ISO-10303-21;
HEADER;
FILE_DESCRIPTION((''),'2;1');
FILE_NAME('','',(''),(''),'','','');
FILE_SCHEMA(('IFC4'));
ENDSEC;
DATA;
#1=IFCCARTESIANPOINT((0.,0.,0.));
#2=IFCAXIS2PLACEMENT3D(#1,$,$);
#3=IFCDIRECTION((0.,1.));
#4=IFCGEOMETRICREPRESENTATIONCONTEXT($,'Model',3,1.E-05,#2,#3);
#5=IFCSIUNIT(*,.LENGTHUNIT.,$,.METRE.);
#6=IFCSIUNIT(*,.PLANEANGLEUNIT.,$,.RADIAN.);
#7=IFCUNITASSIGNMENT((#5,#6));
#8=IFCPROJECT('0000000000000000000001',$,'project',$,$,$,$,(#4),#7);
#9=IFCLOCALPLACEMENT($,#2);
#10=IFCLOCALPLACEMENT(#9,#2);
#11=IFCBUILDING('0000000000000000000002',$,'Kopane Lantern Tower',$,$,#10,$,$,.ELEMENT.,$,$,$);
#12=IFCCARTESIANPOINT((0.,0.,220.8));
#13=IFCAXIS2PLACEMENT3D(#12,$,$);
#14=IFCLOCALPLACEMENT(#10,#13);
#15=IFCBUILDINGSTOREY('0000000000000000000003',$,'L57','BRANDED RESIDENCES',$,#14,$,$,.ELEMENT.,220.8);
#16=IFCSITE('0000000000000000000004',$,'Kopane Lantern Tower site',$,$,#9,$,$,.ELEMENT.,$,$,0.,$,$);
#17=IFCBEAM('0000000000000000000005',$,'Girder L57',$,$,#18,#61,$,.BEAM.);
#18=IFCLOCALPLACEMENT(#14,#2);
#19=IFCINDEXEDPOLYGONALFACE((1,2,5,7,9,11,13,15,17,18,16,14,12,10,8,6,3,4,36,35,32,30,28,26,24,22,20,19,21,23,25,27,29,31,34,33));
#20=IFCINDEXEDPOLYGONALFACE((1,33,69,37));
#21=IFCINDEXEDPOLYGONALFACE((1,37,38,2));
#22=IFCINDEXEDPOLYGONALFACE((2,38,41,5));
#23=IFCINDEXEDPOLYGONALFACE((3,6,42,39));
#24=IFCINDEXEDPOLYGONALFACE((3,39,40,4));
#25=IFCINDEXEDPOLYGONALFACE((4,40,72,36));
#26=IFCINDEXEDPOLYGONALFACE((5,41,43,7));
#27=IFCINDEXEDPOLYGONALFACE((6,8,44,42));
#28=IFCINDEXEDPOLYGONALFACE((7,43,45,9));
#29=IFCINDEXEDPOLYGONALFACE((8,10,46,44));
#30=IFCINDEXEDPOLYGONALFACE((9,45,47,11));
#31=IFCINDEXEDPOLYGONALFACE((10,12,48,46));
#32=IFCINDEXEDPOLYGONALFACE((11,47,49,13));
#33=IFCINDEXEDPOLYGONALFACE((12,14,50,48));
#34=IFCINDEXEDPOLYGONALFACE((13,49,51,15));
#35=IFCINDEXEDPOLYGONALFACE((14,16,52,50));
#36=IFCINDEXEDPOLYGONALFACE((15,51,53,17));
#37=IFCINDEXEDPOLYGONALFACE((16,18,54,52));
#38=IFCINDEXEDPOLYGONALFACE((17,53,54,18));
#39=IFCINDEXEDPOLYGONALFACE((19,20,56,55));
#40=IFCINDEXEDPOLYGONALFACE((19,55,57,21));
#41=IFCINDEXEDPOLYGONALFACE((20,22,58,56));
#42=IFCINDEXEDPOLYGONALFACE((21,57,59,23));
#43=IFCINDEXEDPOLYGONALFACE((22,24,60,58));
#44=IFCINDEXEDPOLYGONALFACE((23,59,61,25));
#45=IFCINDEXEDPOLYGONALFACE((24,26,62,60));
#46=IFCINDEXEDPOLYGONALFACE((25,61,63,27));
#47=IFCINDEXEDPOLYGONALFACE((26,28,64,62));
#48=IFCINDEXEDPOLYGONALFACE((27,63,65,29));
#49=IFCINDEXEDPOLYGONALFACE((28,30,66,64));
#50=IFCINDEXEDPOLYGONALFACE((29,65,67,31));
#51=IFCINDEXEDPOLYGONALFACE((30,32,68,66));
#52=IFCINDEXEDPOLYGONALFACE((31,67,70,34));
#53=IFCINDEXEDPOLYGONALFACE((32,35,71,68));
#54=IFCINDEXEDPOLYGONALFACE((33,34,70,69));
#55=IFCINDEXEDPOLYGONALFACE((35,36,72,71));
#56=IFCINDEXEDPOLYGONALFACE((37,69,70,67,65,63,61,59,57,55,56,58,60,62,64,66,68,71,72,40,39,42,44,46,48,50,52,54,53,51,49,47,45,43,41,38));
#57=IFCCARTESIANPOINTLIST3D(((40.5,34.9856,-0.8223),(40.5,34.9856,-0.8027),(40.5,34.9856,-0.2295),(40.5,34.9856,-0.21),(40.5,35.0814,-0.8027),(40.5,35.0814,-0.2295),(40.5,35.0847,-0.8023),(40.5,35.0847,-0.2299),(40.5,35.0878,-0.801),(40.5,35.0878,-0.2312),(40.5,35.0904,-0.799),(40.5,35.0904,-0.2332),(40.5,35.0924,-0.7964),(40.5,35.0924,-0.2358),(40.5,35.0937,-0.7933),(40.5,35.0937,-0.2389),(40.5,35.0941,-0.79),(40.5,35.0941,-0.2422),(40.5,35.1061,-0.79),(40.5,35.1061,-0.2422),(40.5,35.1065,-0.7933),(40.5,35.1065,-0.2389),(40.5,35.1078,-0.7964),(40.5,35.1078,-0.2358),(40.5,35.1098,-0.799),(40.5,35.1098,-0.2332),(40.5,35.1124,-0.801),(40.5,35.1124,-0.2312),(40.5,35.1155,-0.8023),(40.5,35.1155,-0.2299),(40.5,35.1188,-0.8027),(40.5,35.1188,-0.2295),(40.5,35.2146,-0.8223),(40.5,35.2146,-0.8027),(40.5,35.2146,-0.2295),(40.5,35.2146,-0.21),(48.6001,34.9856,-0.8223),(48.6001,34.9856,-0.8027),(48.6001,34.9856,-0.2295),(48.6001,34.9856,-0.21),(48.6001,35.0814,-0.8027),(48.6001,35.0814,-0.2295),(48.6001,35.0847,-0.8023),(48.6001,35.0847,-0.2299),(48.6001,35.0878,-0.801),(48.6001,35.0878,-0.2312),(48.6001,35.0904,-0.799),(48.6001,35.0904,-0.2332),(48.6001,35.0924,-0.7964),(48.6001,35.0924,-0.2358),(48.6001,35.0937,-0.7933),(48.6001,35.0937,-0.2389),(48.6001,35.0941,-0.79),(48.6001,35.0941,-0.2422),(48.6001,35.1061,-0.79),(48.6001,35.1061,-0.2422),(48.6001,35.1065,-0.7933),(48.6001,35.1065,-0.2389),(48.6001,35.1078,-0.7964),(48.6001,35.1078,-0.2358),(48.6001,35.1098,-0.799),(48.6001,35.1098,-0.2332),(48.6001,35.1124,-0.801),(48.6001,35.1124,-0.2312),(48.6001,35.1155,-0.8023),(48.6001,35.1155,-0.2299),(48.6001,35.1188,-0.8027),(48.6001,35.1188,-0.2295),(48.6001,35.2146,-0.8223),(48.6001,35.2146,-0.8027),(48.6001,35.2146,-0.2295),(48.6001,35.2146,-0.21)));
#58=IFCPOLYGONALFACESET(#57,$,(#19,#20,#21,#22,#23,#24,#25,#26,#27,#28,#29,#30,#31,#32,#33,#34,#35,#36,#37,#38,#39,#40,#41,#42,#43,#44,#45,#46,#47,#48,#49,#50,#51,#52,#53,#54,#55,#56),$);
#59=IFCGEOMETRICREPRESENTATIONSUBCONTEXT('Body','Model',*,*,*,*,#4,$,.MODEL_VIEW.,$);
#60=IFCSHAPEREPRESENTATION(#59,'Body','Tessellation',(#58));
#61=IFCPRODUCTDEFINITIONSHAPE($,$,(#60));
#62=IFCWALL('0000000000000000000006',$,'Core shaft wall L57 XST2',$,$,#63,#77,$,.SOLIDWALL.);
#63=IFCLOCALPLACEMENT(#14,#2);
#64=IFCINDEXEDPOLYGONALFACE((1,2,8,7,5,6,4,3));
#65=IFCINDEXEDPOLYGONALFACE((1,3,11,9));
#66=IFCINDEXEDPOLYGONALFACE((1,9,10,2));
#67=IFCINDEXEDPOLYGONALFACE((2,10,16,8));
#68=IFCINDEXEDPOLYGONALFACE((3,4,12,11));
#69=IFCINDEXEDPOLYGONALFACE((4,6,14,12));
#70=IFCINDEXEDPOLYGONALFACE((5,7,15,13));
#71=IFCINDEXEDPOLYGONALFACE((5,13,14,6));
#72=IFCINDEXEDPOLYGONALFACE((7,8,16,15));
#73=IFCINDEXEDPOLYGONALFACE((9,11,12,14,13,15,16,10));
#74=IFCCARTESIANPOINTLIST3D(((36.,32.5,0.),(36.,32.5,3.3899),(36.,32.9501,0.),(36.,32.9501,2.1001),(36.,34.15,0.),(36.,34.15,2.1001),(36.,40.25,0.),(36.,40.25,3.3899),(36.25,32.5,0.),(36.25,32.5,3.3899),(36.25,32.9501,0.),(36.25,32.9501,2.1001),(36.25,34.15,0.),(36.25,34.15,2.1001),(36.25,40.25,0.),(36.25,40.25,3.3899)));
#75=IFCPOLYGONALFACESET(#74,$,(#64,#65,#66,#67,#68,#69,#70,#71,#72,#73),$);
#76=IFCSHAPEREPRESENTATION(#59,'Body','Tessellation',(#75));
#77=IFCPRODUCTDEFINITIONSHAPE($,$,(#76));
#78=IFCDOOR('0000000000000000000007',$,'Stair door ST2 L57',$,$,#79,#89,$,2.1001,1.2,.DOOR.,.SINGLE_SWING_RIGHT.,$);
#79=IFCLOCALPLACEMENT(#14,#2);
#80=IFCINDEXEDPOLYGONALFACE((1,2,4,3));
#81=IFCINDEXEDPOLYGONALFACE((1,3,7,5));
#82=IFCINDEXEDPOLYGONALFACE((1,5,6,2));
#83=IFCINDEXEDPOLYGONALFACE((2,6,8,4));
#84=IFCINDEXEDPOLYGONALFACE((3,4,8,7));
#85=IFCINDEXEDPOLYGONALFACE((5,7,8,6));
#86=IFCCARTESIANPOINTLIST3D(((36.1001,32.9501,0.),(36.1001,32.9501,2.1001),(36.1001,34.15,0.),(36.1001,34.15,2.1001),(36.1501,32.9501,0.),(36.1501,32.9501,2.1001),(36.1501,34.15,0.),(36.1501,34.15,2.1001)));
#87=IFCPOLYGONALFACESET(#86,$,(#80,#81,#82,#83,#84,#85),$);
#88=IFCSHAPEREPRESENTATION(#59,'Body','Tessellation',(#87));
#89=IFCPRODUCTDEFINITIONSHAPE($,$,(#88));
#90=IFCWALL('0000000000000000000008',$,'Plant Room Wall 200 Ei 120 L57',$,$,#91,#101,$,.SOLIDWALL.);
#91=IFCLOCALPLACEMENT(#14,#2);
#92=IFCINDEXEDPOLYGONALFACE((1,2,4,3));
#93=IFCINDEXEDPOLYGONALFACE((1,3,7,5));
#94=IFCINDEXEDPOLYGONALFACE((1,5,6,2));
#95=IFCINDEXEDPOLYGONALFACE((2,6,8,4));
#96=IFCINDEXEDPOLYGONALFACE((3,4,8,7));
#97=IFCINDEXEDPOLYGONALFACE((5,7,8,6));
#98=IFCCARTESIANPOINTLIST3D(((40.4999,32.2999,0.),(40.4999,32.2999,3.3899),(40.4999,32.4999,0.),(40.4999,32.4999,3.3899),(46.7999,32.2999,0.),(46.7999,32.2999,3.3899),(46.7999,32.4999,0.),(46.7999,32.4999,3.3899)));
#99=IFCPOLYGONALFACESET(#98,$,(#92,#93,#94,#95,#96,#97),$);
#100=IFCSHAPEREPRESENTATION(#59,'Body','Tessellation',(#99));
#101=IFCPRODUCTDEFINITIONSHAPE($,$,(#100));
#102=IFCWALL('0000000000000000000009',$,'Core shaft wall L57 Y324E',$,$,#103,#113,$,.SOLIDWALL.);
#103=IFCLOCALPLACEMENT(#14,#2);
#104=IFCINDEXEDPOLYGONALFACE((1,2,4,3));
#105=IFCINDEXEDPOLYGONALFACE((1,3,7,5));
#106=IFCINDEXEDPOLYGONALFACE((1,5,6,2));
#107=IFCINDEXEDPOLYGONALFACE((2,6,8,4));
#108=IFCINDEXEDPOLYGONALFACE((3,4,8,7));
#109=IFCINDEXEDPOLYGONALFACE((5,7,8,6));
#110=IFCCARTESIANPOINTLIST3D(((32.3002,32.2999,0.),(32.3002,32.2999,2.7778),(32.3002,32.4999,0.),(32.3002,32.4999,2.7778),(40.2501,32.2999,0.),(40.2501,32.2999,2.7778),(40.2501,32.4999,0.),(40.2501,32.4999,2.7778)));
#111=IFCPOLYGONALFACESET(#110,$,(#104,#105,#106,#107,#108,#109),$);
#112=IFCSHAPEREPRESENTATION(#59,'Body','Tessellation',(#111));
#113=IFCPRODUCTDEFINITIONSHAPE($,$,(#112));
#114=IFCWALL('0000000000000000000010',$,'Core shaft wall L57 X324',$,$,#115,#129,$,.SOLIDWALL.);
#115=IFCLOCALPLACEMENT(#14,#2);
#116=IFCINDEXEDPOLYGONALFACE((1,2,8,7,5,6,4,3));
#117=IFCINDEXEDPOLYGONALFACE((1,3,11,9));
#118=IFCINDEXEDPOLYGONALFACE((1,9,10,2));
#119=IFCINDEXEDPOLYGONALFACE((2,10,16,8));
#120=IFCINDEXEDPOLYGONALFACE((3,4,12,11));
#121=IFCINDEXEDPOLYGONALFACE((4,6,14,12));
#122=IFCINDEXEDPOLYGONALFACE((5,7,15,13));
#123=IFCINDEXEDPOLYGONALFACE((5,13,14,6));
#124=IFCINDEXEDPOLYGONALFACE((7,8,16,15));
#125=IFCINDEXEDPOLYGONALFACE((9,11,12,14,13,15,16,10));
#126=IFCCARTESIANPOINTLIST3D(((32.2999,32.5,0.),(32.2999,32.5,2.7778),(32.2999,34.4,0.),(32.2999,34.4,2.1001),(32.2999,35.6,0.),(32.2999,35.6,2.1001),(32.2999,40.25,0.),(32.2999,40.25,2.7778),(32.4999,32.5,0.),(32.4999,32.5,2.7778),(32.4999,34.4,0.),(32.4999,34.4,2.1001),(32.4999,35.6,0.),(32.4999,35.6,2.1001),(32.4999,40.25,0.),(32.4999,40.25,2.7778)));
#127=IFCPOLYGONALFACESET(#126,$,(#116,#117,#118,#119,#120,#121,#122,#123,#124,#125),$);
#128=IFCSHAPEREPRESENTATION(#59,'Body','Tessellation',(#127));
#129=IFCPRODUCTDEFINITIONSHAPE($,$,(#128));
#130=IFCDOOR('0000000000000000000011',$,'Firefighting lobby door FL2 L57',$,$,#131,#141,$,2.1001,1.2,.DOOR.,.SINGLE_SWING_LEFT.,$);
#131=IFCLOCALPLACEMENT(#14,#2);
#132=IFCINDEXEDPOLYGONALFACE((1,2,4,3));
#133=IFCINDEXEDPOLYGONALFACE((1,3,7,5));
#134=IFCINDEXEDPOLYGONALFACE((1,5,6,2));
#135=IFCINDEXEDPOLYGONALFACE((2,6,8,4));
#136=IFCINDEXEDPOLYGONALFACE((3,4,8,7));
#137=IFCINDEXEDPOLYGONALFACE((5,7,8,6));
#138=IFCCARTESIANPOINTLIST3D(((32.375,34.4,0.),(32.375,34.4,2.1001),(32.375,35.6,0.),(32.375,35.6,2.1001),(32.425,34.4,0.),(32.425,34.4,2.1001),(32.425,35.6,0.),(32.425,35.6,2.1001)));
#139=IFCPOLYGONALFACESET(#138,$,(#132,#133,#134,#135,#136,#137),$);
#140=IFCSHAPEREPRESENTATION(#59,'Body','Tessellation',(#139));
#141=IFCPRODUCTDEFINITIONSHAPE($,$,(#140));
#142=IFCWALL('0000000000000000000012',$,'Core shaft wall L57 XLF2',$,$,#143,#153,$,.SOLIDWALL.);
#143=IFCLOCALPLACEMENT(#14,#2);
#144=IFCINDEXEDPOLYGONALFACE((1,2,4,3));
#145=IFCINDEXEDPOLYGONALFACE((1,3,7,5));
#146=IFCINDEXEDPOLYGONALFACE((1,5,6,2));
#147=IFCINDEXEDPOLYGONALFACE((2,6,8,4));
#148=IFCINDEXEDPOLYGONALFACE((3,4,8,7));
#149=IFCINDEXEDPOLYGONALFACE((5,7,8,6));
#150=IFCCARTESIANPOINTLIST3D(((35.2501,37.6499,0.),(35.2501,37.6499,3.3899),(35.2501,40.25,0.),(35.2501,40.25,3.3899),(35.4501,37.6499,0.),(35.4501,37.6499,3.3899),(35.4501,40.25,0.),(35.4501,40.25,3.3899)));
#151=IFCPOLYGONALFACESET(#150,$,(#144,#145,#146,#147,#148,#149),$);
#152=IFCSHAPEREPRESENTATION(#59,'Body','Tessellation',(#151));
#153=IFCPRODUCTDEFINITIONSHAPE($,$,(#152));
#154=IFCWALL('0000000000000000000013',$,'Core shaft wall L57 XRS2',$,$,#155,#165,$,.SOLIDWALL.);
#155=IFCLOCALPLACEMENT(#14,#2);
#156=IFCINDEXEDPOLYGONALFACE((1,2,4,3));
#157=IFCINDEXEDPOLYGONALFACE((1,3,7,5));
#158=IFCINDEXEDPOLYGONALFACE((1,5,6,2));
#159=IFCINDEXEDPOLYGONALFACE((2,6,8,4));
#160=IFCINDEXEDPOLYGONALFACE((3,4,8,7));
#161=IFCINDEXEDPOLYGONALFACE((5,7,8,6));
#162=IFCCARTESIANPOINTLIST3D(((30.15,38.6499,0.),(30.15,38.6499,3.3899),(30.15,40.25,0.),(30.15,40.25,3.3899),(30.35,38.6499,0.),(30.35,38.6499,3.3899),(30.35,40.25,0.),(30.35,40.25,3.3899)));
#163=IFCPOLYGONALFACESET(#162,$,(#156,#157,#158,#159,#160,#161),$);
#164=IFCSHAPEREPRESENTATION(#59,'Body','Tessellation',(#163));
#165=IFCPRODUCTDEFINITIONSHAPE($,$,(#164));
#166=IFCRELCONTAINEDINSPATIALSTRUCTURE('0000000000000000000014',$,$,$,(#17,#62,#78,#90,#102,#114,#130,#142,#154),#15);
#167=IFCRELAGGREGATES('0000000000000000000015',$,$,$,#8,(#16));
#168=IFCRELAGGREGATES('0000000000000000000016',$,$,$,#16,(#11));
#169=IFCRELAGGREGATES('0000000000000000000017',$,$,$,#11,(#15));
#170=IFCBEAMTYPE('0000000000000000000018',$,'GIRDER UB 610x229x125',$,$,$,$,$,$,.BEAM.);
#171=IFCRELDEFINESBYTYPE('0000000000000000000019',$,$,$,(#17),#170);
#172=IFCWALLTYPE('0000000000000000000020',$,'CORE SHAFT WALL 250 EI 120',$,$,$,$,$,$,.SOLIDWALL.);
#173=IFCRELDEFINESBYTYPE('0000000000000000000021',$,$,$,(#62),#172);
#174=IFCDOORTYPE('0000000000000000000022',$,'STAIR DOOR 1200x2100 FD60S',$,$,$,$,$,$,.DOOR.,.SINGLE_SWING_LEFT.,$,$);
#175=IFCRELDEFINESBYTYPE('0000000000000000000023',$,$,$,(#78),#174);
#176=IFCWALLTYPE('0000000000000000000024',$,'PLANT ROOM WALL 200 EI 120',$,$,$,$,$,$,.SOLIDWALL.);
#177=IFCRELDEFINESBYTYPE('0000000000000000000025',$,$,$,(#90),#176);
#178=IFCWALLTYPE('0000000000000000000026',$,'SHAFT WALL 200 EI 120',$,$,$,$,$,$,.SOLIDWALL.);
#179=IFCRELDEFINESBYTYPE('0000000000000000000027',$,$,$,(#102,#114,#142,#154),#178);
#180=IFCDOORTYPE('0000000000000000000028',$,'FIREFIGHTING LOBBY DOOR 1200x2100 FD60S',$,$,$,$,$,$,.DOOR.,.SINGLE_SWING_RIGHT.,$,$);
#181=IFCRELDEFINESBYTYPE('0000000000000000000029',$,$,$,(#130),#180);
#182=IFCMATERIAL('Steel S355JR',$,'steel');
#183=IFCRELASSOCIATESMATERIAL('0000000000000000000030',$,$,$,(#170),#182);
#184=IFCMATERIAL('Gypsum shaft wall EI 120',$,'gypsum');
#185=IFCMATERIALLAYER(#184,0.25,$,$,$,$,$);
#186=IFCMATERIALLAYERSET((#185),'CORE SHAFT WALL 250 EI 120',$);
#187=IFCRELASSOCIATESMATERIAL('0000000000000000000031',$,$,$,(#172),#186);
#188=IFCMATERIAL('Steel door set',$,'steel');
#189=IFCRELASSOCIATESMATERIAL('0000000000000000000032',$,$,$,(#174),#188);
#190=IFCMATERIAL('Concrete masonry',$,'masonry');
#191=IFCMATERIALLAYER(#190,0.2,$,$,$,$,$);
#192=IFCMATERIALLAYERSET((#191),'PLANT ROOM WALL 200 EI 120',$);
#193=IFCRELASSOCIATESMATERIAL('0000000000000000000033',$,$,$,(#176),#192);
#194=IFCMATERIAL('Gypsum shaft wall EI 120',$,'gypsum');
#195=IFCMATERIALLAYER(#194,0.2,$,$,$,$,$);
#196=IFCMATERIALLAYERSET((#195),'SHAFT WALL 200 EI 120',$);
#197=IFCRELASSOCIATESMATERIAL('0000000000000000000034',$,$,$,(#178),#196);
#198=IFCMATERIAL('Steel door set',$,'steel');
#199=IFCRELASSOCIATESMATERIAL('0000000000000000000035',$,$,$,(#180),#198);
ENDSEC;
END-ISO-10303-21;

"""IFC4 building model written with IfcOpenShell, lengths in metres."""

from ifc_helpers import new_model, si_unit, direction, frame, frame_2d, origin, origin_2d, place, context, subcontext, project, spatial, rectangle, i_section, extrude, material, layer, layer_set, material_profile, profile_set, type_object, element, fill, save


model = new_model("IFC4")

# Units and contexts
model_context = context("Model", 3, precision=1e-05, world=origin(), true_north=direction((0.0, 1.0)))
body_context = subcontext(model_context, "Body", "Model", "MODEL_VIEW")
ifc_project = project(units=[si_unit("LENGTHUNIT", "METRE"), si_unit("PLANEANGLEUNIT", "RADIAN")], contexts=[model_context])

# Site, building, storey
site_placement = place(None, origin())
site = spatial("IfcSite", under=ifc_project, at=site_placement, Name="Kopane Lantern Tower site", CompositionType="ELEMENT", RefElevation=0.0)
building_placement = place(site_placement, origin())
building = spatial("IfcBuilding", under=site, at=building_placement, Name="Kopane Lantern Tower", CompositionType="ELEMENT")
storey_placement = place(building_placement, frame((0.0, 0.0, 220.8)))
storey = spatial("IfcBuildingStorey", under=building, at=storey_placement, Name="L57", Description="BRANDED RESIDENCES", CompositionType="ELEMENT", Elevation=220.8)

# Beam
ifc_material_1 = material(Name="Steel S355JR", Category="steel")
ifc_material_profile_1 = material_profile(ifc_material_1, i_section(OverallWidth=0.229, OverallDepth=0.6123, WebThickness=0.012, FlangeThickness=0.0195, FilletRadius=0.0127, at=origin_2d()), Name="UB 610x229x125")
ifc_profile_set_1 = profile_set([ifc_material_profile_1], Name="Steel S355JR")
beam_type_1 = type_object("IfcBeamType", Name="GIRDER UB 610x229x125", PredefinedType="BEAM", material=ifc_profile_set_1)
for number, where, z_axis, x_axis, name in (
    (1, (40.5, 35.1001, -0.5161), (1.0, 0.0, 0.0), (0.0, 1.0, 0.0), "Girder L57"),
):
    element("IfcBeam", number, at=place(storey_placement, frame(where, z_axis=z_axis, x_axis=x_axis)), inside=storey, type_object=beam_type_1, Name=name, PredefinedType="BEAM", context=body_context, shape_type="SweptSolid", body=[
        extrude(i_section(OverallWidth=0.229, OverallDepth=0.6123, WebThickness=0.012, FlangeThickness=0.0195, FilletRadius=0.0127, at=origin_2d()), origin(), (0.0, 0.0, 1.0), 8.1001),
    ])

# Wall, opening, door
ifc_material_2 = material(Name="Gypsum shaft wall EI 120", Category="gypsum")
ifc_layer_1 = layer(ifc_material_2, 0.25)
ifc_layer_set_1 = layer_set([ifc_layer_1], Name="CORE SHAFT WALL 250 EI 120")
wall_type_1 = type_object("IfcWallType", Name="CORE SHAFT WALL 250 EI 120", PredefinedType="SOLIDWALL", material=ifc_layer_set_1)
wall_1_placement = place(storey_placement, frame((36.125, 32.5, 0.0), z_axis=(0.0, 0.0, 1.0), x_axis=(0.0, 1.0, 0.0)))
wall_1 = element("IfcWall", 2, at=wall_1_placement, inside=storey, type_object=wall_type_1, Name="Core shaft wall L57 XST2", PredefinedType="SOLIDWALL", context=body_context, shape_type="SweptSolid", body=[
    extrude(rectangle(XDim=7.75, YDim=0.25, at=frame_2d((3.875, 0.0))), origin(), (0.0, 0.0, 1.0), 3.3899),
])
opening_1_placement = place(wall_1_placement, frame((0.45, 0.0, 0.0)))
opening_1 = element("IfcOpeningElement", 3, at=opening_1_placement, cuts=wall_1, PredefinedType="OPENING", context=body_context, shape_type="SweptSolid", body=[
    extrude(rectangle(XDim=1.2, YDim=2.1001, at=frame_2d((0.6001, 1.05))), frame((0.0, 0.135, 0.0), z_axis=(0.0, -1.0, 0.0), x_axis=(1.0, 0.0, 0.0)), (0.0, 0.0, 1.0), 0.27),
])
ifc_material_3 = material(Name="Steel door set", Category="steel")
door_type_1 = type_object("IfcDoorType", Name="STAIR DOOR 1200x2100 FD60S", OperationType="SINGLE_SWING_LEFT", PredefinedType="DOOR", material=ifc_material_3)
door_1_placement = place(opening_1_placement, origin())
door_1 = element("IfcDoor", 4, at=door_1_placement, inside=storey, type_object=door_type_1, Name="Stair door ST2 L57", OperationType="SINGLE_SWING_RIGHT", OverallHeight=2.1001, OverallWidth=1.2, PredefinedType="DOOR", context=body_context, shape_type="SweptSolid", body=[
    extrude(rectangle(XDim=1.2, YDim=2.1001, at=frame_2d((0.6001, 1.05))), frame((0.0, 0.0249, 0.0), z_axis=(0.0, -1.0, 0.0), x_axis=(1.0, 0.0, 0.0)), (0.0, 0.0, 1.0), 0.05),
])
fill(opening_1, door_1)

# Walls
ifc_material_4 = material(Name="Concrete masonry", Category="masonry")
ifc_layer_2 = layer(ifc_material_4, 0.2)
ifc_layer_set_2 = layer_set([ifc_layer_2], Name="PLANT ROOM WALL 200 EI 120")
wall_type_2 = type_object("IfcWallType", Name="PLANT ROOM WALL 200 EI 120", PredefinedType="SOLIDWALL", material=ifc_layer_set_2)
wall_2_placement = place(storey_placement, frame((40.5, 32.3999, 0.0), z_axis=(0.0, 0.0, 1.0), x_axis=(1.0, 0.0, 0.0)))
element("IfcWall", 5, at=wall_2_placement, inside=storey, type_object=wall_type_2, Name="Plant Room Wall 200 Ei 120 L57", PredefinedType="SOLIDWALL", context=body_context, shape_type="SweptSolid", body=[
    extrude(rectangle(XDim=6.3, YDim=0.2, at=frame_2d((3.1499, 0.0))), origin(), (0.0, 0.0, 1.0), 3.3899),
])
ifc_material_5 = material(Name="Gypsum shaft wall EI 120", Category="gypsum")
ifc_layer_3 = layer(ifc_material_5, 0.2)
ifc_layer_set_3 = layer_set([ifc_layer_3], Name="SHAFT WALL 200 EI 120")
wall_type_3 = type_object("IfcWallType", Name="SHAFT WALL 200 EI 120", PredefinedType="SOLIDWALL", material=ifc_layer_set_3)
wall_3_placement = place(storey_placement, frame((32.3, 32.3999, 0.0), z_axis=(0.0, 0.0, 1.0), x_axis=(1.0, 0.0, 0.0)))
element("IfcWall", 6, at=wall_3_placement, inside=storey, type_object=wall_type_3, Name="Core shaft wall L57 Y324E", PredefinedType="SOLIDWALL", context=body_context, shape_type="SweptSolid", body=[
    extrude(rectangle(XDim=7.95, YDim=0.2, at=frame_2d((3.9751, 0.0))), origin(), (0.0, 0.0, 1.0), 2.7778),
])

# Wall, opening, door
wall_4_placement = place(storey_placement, frame((32.3999, 32.5, 0.0), z_axis=(0.0, 0.0, 1.0), x_axis=(0.0, 1.0, 0.0)))
wall_4 = element("IfcWall", 7, at=wall_4_placement, inside=storey, type_object=wall_type_3, Name="Core shaft wall L57 X324", PredefinedType="SOLIDWALL", context=body_context, shape_type="SweptSolid", body=[
    extrude(rectangle(XDim=7.75, YDim=0.2, at=frame_2d((3.875, 0.0))), origin(), (0.0, 0.0, 1.0), 2.7778),
])
opening_2_placement = place(wall_4_placement, frame((1.8999, 0.0, 0.0)))
opening_2 = element("IfcOpeningElement", 8, at=opening_2_placement, cuts=wall_4, PredefinedType="OPENING", context=body_context, shape_type="SweptSolid", body=[
    extrude(rectangle(XDim=1.2, YDim=2.1001, at=frame_2d((0.6001, 1.05))), frame((0.0, 0.1099, 0.0), z_axis=(0.0, -1.0, 0.0), x_axis=(1.0, 0.0, 0.0)), (0.0, 0.0, 1.0), 0.22),
])
ifc_material_6 = material(Name="Steel door set", Category="steel")
door_type_2 = type_object("IfcDoorType", Name="FIREFIGHTING LOBBY DOOR 1200x2100 FD60S", OperationType="SINGLE_SWING_RIGHT", PredefinedType="DOOR", material=ifc_material_6)
door_2_placement = place(opening_2_placement, origin())
door_2 = element("IfcDoor", 9, at=door_2_placement, inside=storey, type_object=door_type_2, Name="Firefighting lobby door FL2 L57", OperationType="SINGLE_SWING_LEFT", OverallHeight=2.1001, OverallWidth=1.2, PredefinedType="DOOR", context=body_context, shape_type="SweptSolid", body=[
    extrude(rectangle(XDim=1.2, YDim=2.1001, at=frame_2d((0.6001, 1.05))), frame((0.0, 0.0249, 0.0), z_axis=(0.0, -1.0, 0.0), x_axis=(1.0, 0.0, 0.0)), (0.0, 0.0, 1.0), 0.05),
])
fill(opening_2, door_2)

# Walls
wall_5_placement = place(storey_placement, frame((35.3501, 37.6499, 0.0), z_axis=(0.0, 0.0, 1.0), x_axis=(0.0, 1.0, 0.0)))
element("IfcWall", 10, at=wall_5_placement, inside=storey, type_object=wall_type_3, Name="Core shaft wall L57 XLF2", PredefinedType="SOLIDWALL", context=body_context, shape_type="SweptSolid", body=[
    extrude(rectangle(XDim=2.6001, YDim=0.2, at=frame_2d((1.3, 0.0))), origin(), (0.0, 0.0, 1.0), 3.3899),
])
wall_6_placement = place(storey_placement, frame((30.25, 38.6499, 0.0), z_axis=(0.0, 0.0, 1.0), x_axis=(0.0, 1.0, 0.0)))
element("IfcWall", 11, at=wall_6_placement, inside=storey, type_object=wall_type_3, Name="Core shaft wall L57 XRS2", PredefinedType="SOLIDWALL", context=body_context, shape_type="SweptSolid", body=[
    extrude(rectangle(XDim=1.6001, YDim=0.2, at=frame_2d((0.8, 0.0))), origin(), (0.0, 0.0, 1.0), 3.3899),
])

save(model, "model.ifc")
